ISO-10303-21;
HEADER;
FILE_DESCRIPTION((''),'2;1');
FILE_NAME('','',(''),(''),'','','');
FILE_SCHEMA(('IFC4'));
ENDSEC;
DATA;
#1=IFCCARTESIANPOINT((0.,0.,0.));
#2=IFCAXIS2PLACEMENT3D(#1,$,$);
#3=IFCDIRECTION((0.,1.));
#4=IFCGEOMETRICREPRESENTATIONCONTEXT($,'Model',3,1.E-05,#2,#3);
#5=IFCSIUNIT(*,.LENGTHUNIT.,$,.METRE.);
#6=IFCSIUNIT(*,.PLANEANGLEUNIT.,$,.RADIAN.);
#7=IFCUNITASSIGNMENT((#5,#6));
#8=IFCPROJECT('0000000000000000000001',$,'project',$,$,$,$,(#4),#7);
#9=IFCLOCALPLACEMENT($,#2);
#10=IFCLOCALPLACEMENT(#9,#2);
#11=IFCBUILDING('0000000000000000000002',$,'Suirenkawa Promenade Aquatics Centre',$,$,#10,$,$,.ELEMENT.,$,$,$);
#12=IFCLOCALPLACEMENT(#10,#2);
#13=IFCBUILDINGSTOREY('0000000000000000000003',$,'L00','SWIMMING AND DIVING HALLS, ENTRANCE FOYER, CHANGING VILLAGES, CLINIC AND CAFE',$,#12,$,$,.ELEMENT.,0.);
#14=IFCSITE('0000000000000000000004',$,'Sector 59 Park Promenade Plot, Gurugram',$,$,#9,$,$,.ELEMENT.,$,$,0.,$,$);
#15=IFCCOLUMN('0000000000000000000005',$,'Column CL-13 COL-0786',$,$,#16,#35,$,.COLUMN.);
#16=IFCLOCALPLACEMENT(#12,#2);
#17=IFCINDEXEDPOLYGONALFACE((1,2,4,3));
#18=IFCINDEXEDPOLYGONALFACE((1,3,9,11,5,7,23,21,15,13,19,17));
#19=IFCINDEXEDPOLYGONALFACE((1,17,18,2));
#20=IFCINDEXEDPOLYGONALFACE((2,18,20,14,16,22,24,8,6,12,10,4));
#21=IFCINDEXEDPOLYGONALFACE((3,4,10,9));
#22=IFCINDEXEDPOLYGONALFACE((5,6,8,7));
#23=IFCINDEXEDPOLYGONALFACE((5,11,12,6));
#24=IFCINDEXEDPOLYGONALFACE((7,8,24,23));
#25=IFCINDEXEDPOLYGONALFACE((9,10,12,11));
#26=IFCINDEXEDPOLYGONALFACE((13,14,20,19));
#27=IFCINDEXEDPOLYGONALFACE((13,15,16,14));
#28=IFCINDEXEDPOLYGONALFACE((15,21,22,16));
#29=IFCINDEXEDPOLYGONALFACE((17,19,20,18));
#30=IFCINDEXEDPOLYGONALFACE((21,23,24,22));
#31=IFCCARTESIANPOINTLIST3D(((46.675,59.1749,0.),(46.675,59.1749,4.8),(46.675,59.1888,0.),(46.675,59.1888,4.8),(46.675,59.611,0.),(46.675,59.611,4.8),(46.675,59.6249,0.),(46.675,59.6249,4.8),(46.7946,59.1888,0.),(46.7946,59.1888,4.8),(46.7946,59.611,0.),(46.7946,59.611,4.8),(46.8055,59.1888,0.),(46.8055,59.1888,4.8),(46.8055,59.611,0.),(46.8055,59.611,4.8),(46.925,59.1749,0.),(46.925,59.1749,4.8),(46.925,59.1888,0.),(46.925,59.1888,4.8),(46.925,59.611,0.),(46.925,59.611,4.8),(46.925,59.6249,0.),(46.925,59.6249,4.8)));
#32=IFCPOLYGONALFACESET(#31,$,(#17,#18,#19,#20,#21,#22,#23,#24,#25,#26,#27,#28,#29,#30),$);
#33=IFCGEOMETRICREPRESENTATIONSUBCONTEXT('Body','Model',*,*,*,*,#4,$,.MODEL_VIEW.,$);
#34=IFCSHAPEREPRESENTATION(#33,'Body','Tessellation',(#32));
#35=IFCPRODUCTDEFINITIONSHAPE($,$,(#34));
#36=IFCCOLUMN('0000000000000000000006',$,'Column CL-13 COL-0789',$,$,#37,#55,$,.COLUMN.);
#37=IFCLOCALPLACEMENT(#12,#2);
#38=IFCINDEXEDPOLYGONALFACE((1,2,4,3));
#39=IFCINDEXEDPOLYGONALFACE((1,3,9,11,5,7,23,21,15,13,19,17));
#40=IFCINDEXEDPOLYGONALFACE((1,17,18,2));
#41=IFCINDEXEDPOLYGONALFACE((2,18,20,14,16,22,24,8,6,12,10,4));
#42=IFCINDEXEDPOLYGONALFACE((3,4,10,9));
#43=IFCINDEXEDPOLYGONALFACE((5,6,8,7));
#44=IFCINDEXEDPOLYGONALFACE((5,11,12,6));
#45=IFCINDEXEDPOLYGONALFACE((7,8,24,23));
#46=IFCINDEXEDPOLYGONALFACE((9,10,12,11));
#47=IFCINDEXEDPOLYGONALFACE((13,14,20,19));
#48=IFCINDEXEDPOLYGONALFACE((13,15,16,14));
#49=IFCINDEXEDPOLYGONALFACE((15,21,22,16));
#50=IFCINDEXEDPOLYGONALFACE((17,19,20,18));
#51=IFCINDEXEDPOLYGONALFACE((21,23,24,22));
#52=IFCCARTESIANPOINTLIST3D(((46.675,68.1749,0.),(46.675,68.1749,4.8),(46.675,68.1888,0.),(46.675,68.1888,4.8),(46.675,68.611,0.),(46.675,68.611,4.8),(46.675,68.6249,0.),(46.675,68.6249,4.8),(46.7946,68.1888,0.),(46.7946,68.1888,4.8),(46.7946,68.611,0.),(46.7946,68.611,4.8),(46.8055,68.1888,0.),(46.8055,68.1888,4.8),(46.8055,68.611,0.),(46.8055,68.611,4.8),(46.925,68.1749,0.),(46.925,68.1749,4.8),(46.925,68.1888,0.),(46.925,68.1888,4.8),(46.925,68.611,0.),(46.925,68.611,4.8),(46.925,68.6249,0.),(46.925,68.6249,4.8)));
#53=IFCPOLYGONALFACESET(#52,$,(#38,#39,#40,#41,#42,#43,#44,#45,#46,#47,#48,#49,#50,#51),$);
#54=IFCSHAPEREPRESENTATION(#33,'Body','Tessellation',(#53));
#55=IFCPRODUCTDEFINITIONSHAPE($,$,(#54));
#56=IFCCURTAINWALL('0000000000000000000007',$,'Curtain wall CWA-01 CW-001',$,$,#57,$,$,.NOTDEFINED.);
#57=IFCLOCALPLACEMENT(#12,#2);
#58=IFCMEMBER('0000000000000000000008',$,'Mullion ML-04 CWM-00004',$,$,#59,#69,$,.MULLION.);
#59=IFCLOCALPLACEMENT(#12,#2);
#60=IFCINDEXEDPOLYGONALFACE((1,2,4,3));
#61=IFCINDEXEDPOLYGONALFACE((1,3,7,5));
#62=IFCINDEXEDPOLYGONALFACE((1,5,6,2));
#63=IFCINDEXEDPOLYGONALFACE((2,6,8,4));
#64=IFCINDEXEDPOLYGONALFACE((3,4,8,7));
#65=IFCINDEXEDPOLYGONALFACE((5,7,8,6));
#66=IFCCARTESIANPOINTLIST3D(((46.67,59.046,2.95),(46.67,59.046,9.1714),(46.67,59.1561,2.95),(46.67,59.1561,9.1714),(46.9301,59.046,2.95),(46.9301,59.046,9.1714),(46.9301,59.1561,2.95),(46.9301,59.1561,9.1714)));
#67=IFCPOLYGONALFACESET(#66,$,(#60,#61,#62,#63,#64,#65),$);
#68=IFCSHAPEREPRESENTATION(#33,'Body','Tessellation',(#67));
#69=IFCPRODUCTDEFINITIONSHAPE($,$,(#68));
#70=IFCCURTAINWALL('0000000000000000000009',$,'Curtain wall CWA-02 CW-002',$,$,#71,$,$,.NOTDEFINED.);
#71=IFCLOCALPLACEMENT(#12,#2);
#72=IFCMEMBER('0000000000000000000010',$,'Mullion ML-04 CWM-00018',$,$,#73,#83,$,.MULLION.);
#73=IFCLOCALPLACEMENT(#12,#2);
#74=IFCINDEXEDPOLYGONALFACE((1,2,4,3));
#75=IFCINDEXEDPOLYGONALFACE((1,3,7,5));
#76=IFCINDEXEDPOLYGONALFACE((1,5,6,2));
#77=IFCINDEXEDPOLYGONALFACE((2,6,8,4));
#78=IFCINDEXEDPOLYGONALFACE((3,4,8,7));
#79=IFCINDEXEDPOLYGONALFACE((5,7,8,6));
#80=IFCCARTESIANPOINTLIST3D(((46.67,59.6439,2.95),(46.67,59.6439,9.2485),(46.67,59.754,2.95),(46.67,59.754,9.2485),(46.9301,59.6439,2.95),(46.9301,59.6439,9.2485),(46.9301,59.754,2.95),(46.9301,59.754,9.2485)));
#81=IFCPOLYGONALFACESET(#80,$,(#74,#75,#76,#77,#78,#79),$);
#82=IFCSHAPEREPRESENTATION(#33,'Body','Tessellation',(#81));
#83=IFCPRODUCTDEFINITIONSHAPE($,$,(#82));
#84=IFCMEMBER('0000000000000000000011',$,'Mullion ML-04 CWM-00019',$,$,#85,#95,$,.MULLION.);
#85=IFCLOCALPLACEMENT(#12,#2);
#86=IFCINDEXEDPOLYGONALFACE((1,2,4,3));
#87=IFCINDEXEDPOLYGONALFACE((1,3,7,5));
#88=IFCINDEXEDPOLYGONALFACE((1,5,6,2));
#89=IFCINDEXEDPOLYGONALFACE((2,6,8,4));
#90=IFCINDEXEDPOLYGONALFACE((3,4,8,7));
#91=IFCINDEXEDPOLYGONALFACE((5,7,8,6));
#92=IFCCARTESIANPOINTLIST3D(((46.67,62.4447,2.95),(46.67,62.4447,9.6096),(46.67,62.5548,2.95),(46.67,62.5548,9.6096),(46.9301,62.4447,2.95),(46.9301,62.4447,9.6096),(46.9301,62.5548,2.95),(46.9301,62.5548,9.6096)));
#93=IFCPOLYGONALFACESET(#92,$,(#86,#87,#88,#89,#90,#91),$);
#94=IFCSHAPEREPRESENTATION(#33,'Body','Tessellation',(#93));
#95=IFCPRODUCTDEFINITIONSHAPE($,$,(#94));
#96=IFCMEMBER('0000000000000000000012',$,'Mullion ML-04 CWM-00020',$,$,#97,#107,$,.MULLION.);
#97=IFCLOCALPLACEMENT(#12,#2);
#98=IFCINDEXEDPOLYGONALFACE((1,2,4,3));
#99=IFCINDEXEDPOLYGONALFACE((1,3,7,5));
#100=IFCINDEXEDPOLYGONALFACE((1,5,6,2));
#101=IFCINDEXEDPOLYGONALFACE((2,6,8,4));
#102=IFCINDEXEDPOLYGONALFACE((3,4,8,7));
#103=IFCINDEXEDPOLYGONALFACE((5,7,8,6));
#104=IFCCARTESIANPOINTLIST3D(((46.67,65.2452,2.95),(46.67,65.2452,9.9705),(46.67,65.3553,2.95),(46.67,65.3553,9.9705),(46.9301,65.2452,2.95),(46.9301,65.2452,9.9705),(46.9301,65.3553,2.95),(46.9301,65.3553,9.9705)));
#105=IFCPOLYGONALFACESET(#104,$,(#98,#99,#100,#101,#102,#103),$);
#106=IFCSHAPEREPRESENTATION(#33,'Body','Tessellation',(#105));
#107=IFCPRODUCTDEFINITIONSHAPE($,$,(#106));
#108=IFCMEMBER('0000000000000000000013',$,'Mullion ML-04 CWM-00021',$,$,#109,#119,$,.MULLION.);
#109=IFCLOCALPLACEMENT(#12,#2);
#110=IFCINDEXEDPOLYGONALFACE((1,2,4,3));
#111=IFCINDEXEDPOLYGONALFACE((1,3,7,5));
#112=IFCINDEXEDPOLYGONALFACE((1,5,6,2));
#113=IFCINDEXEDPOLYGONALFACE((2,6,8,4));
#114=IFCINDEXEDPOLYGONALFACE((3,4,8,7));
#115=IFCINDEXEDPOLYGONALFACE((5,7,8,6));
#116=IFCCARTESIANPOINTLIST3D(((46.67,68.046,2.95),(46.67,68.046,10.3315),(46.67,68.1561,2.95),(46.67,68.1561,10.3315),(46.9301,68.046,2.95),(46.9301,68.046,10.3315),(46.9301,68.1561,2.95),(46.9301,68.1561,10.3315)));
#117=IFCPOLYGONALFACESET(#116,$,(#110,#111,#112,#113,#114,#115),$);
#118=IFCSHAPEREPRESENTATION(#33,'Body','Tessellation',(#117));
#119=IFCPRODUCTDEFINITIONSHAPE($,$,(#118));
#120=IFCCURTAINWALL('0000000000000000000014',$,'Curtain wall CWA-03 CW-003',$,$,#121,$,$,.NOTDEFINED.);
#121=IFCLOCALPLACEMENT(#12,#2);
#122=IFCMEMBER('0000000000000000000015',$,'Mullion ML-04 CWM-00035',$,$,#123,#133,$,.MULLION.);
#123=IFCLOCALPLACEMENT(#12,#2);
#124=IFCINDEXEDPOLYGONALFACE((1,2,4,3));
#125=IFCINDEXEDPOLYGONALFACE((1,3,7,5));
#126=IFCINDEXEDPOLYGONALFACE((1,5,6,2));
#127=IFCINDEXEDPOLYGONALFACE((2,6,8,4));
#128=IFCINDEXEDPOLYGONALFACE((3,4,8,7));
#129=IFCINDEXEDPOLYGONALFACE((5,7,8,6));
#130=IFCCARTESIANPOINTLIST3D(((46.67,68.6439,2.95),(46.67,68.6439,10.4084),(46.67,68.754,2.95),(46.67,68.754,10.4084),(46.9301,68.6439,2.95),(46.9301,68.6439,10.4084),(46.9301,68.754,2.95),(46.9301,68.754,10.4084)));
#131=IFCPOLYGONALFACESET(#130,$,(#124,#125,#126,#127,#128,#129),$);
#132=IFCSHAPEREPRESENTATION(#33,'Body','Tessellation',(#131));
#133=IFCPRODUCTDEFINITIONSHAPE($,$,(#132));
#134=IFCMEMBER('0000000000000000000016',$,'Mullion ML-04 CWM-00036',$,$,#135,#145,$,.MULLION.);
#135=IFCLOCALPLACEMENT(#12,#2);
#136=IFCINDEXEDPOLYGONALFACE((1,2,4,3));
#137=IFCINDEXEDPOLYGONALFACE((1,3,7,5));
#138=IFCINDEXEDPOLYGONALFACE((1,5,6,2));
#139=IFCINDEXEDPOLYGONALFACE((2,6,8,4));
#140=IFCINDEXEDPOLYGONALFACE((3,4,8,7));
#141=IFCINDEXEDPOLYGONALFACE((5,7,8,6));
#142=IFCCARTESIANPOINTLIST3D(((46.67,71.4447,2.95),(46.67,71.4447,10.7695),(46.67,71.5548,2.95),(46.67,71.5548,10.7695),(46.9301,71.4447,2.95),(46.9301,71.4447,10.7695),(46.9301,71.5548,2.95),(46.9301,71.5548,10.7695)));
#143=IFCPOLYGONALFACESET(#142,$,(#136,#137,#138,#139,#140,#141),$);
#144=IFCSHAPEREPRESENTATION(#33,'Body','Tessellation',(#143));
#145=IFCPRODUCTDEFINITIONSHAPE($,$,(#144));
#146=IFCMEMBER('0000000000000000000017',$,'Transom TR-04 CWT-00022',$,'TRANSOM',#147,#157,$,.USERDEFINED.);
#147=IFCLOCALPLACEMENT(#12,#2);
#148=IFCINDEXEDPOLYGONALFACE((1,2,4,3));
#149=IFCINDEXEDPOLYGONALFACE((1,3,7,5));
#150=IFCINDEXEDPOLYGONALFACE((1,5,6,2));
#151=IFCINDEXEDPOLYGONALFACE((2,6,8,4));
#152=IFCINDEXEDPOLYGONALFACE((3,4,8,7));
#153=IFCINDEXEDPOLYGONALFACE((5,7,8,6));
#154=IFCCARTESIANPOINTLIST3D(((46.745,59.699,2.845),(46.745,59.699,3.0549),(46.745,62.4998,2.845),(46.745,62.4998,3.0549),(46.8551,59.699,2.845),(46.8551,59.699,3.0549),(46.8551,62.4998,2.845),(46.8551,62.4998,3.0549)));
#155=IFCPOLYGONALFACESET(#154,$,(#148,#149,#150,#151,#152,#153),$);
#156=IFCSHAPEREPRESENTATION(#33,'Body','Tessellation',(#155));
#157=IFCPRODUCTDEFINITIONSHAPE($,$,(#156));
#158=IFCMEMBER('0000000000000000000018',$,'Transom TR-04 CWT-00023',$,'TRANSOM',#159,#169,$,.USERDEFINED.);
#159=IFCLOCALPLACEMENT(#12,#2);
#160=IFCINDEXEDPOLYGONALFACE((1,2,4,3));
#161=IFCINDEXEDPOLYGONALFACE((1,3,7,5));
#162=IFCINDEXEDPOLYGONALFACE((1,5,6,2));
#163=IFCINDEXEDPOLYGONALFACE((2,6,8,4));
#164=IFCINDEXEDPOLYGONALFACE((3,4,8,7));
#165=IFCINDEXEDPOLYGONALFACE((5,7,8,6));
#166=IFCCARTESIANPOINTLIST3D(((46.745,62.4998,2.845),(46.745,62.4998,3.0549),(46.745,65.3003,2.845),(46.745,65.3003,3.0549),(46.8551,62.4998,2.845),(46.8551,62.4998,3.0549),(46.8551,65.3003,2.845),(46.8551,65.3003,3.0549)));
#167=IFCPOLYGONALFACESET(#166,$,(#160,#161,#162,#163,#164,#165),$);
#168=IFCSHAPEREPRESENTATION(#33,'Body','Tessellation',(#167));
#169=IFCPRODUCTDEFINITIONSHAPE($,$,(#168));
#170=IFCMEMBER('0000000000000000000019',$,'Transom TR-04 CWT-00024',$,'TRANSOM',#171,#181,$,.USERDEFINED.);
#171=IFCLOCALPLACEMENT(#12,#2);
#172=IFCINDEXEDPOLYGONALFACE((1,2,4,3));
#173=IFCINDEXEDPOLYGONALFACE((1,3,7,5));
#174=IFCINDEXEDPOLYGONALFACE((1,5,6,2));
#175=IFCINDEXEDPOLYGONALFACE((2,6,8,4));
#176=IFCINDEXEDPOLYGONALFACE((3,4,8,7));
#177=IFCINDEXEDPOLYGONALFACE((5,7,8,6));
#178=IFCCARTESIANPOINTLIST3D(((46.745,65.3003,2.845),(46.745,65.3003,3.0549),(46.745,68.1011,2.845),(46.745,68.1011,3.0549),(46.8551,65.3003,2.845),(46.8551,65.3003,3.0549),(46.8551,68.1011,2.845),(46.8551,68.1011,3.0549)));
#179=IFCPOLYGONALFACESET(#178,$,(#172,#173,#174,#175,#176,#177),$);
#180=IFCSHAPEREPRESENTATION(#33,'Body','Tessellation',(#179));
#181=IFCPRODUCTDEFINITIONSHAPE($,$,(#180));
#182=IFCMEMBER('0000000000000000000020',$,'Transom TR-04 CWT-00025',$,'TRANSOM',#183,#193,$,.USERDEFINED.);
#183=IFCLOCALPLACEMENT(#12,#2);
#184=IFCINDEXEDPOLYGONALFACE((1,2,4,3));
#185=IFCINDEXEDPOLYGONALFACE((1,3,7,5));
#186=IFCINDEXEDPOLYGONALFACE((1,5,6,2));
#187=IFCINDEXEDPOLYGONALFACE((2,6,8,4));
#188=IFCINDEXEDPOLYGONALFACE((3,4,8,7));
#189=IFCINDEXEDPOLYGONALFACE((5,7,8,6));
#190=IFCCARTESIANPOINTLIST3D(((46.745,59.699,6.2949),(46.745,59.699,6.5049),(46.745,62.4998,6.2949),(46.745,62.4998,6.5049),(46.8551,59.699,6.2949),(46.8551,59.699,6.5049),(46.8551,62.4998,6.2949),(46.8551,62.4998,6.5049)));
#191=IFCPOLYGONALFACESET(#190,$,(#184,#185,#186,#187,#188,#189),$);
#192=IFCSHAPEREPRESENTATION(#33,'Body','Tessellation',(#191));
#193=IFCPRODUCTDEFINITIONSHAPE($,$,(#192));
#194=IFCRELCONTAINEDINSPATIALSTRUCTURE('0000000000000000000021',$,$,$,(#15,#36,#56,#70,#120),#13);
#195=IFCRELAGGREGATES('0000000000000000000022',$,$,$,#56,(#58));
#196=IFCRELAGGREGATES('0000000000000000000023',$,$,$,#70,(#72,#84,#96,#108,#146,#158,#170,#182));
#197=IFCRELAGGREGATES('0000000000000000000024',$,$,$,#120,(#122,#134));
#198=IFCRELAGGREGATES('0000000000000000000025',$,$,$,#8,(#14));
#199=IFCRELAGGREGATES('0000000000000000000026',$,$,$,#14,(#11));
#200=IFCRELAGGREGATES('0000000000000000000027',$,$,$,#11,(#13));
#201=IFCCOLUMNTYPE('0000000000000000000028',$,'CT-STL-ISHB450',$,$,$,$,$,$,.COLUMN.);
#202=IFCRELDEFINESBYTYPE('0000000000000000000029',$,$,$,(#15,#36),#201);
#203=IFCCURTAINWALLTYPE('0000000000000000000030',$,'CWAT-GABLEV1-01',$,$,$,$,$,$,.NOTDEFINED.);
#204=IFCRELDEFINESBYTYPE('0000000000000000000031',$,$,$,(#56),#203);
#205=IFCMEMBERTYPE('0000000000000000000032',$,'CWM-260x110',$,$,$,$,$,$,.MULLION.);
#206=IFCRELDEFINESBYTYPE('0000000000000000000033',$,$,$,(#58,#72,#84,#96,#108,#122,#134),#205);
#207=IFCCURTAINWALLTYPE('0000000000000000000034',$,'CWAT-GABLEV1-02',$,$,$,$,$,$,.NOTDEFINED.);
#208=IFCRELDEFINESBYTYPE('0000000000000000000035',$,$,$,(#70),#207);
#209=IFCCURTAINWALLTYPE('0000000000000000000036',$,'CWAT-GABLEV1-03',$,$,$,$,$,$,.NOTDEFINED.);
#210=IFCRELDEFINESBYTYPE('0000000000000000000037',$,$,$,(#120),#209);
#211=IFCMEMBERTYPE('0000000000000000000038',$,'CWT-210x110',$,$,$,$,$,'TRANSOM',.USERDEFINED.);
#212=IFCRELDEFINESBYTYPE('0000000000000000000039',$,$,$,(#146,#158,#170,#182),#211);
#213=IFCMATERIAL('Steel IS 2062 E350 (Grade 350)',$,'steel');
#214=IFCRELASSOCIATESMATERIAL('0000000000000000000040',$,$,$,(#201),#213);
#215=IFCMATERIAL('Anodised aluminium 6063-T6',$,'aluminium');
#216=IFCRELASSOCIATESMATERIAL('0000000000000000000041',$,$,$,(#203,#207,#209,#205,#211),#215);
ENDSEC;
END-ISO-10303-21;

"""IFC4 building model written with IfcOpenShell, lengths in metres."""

from ifc_helpers import new_model, si_unit, direction, frame, origin, origin_2d, place, context, subcontext, project, spatial, rectangle, i_section, extrude, material, material_profile, profile_set, type_object, element, aggregate, save


model = new_model("IFC4")

# Units and contexts
model_context = context("Model", 3, precision=1e-05, world=origin(), true_north=direction((0.0, 1.0)))
body_context = subcontext(model_context, "Body", "Model", "MODEL_VIEW")
ifc_project = project(units=[si_unit("LENGTHUNIT", "METRE"), si_unit("PLANEANGLEUNIT", "RADIAN")], contexts=[model_context])

# Site, building, storey
site_placement = place(None, origin())
site = spatial("IfcSite", under=ifc_project, at=site_placement, Name="Sector 59 Park Promenade Plot, Gurugram", CompositionType="ELEMENT", RefElevation=0.0)
building_placement = place(site_placement, origin())
building = spatial("IfcBuilding", under=site, at=building_placement, Name="Suirenkawa Promenade Aquatics Centre", CompositionType="ELEMENT")
storey_placement = place(building_placement, origin())
storey = spatial("IfcBuildingStorey", under=building, at=storey_placement, Name="L00", Description="SWIMMING AND DIVING HALLS, ENTRANCE FOYER, CHANGING VILLAGES, CLINIC AND CAFE", CompositionType="ELEMENT", Elevation=0.0)

# Columns
ifc_material_1 = material(Name="Steel IS 2062 E350 (Grade 350)", Category="steel")
ifc_material_profile_1 = material_profile(ifc_material_1, i_section(OverallWidth=0.25, OverallDepth=0.45, WebThickness=0.011, FlangeThickness=0.0139, at=origin_2d()), Name="ISHB 450", Category="steel")
ifc_profile_set_1 = profile_set([ifc_material_profile_1], Name="Steel IS 2062 E350 (Grade 350)")
column_type = type_object("IfcColumnType", Name="CT-STL-ISHB450", PredefinedType="COLUMN", material=ifc_profile_set_1)
for number, where, z_axis, x_axis, name in (
    (1, (46.8, 59.3999, 0.0), (0.0, 0.0, 1.0), (1.0, 0.0, 0.0), "Column CL-13 COL-0786"),
    (2, (46.8, 68.3999, 0.0), (0.0, 0.0, 1.0), (1.0, 0.0, 0.0), "Column CL-13 COL-0789"),
):
    element("IfcColumn", number, at=place(storey_placement, frame(where, z_axis=z_axis, x_axis=x_axis)), inside=storey, type_object=column_type, Name=name, PredefinedType="COLUMN", context=body_context, shape_type="SweptSolid", body=[
        extrude(i_section(OverallWidth=0.25, OverallDepth=0.45, WebThickness=0.011, FlangeThickness=0.0139, at=origin_2d()), origin(), (0.0, 0.0, 1.0), 4.8),
    ])

# Curtain wall, member
ifc_material_2 = material(Name="Anodised aluminium 6063-T6", Category="aluminium")
curtain_wall_type_1 = type_object("IfcCurtainWallType", Name="CWAT-GABLEV1-01", PredefinedType="NOTDEFINED", material=ifc_material_2)
curtain_wall_1_placement = place(storey_placement, origin())
curtain_wall_1 = element("IfcCurtainWall", 3, at=curtain_wall_1_placement, inside=storey, type_object=curtain_wall_type_1, Name="Curtain wall CWA-01 CW-001", PredefinedType="NOTDEFINED")
ifc_material_profile_2 = material_profile(ifc_material_2, rectangle(XDim=0.1101, YDim=0.26, at=origin_2d()), Name="ALU MULL 110x260", Category="aluminium")
ifc_profile_set_2 = profile_set([ifc_material_profile_2], Name="Anodised aluminium 6063-T6")
member_type_1 = type_object("IfcMemberType", Name="CWM-260x110", PredefinedType="MULLION", material=ifc_profile_set_2)
member_1_placement = place(storey_placement, frame((46.8, 59.1011, 2.95), z_axis=(0.0, 0.0, 1.0), x_axis=(0.0, 1.0, 0.0)))
member_1 = element("IfcMember", 4, at=member_1_placement, type_object=member_type_1, Name="Mullion ML-04 CWM-00004", PredefinedType="MULLION", context=body_context, shape_type="SweptSolid", body=[
    extrude(rectangle(XDim=0.1101, YDim=0.26, at=origin_2d()), origin(), (0.0, 0.0, 1.0), 6.2214),
])
aggregate(curtain_wall_1, [member_1])

# Curtain walls, members
curtain_wall_type_2 = type_object("IfcCurtainWallType", Name="CWAT-GABLEV1-02", PredefinedType="NOTDEFINED", material=ifc_material_2)
curtain_wall_2_placement = place(storey_placement, origin())
curtain_wall_2 = element("IfcCurtainWall", 5, at=curtain_wall_2_placement, inside=storey, type_object=curtain_wall_type_2, Name="Curtain wall CWA-02 CW-002", PredefinedType="NOTDEFINED")
member_2_placement = place(storey_placement, frame((46.8, 59.699, 2.95), z_axis=(0.0, 0.0, 1.0), x_axis=(0.0, 1.0, 0.0)))
member_2 = element("IfcMember", 6, at=member_2_placement, type_object=member_type_1, Name="Mullion ML-04 CWM-00018", PredefinedType="MULLION", context=body_context, shape_type="SweptSolid", body=[
    extrude(rectangle(XDim=0.1101, YDim=0.26, at=origin_2d()), origin(), (0.0, 0.0, 1.0), 6.2986),
])
member_3_placement = place(storey_placement, frame((46.8, 62.4998, 2.95), z_axis=(0.0, 0.0, 1.0), x_axis=(0.0, 1.0, 0.0)))
member_3 = element("IfcMember", 7, at=member_3_placement, type_object=member_type_1, Name="Mullion ML-04 CWM-00019", PredefinedType="MULLION", context=body_context, shape_type="SweptSolid", body=[
    extrude(rectangle(XDim=0.1101, YDim=0.26, at=origin_2d()), origin(), (0.0, 0.0, 1.0), 6.6597),
])
member_4_placement = place(storey_placement, frame((46.8, 65.3003, 2.95), z_axis=(0.0, 0.0, 1.0), x_axis=(0.0, 1.0, 0.0)))
member_4 = element("IfcMember", 8, at=member_4_placement, type_object=member_type_1, Name="Mullion ML-04 CWM-00020", PredefinedType="MULLION", context=body_context, shape_type="SweptSolid", body=[
    extrude(rectangle(XDim=0.1101, YDim=0.26, at=origin_2d()), origin(), (0.0, 0.0, 1.0), 7.0205),
])
member_5_placement = place(storey_placement, frame((46.8, 68.1011, 2.95), z_axis=(0.0, 0.0, 1.0), x_axis=(0.0, 1.0, 0.0)))
member_5 = element("IfcMember", 9, at=member_5_placement, type_object=member_type_1, Name="Mullion ML-04 CWM-00021", PredefinedType="MULLION", context=body_context, shape_type="SweptSolid", body=[
    extrude(rectangle(XDim=0.1101, YDim=0.26, at=origin_2d()), origin(), (0.0, 0.0, 1.0), 7.3816),
])
curtain_wall_type_3 = type_object("IfcCurtainWallType", Name="CWAT-GABLEV1-03", PredefinedType="NOTDEFINED", material=ifc_material_2)
curtain_wall_3_placement = place(storey_placement, origin())
curtain_wall_3 = element("IfcCurtainWall", 10, at=curtain_wall_3_placement, inside=storey, type_object=curtain_wall_type_3, Name="Curtain wall CWA-03 CW-003", PredefinedType="NOTDEFINED")
member_6_placement = place(storey_placement, frame((46.8, 68.699, 2.95), z_axis=(0.0, 0.0, 1.0), x_axis=(0.0, 1.0, 0.0)))
member_6 = element("IfcMember", 11, at=member_6_placement, type_object=member_type_1, Name="Mullion ML-04 CWM-00035", PredefinedType="MULLION", context=body_context, shape_type="SweptSolid", body=[
    extrude(rectangle(XDim=0.1101, YDim=0.26, at=origin_2d()), origin(), (0.0, 0.0, 1.0), 7.4585),
])
member_7_placement = place(storey_placement, frame((46.8, 71.4998, 2.95), z_axis=(0.0, 0.0, 1.0), x_axis=(0.0, 1.0, 0.0)))
member_7 = element("IfcMember", 12, at=member_7_placement, type_object=member_type_1, Name="Mullion ML-04 CWM-00036", PredefinedType="MULLION", context=body_context, shape_type="SweptSolid", body=[
    extrude(rectangle(XDim=0.1101, YDim=0.26, at=origin_2d()), origin(), (0.0, 0.0, 1.0), 7.8196),
])

# Members
ifc_material_profile_3 = material_profile(ifc_material_2, rectangle(XDim=0.1101, YDim=0.21, at=origin_2d()), Name="ALU TRAN 110x210", Category="aluminium")
ifc_profile_set_3 = profile_set([ifc_material_profile_3], Name="Anodised aluminium 6063-T6")
member_type_2 = type_object("IfcMemberType", Name="CWT-210x110", ElementType="TRANSOM", PredefinedType="USERDEFINED", material=ifc_profile_set_3)
member_8_placement = place(storey_placement, frame((46.8, 59.699, 2.95), z_axis=(0.0, 1.0, 0.0), x_axis=(-1.0, 0.0, 0.0)))
member_8 = element("IfcMember", 13, at=member_8_placement, type_object=member_type_2, Name="Transom TR-04 CWT-00022", ObjectType="TRANSOM", PredefinedType="USERDEFINED", context=body_context, shape_type="SweptSolid", body=[
    extrude(rectangle(XDim=0.1101, YDim=0.21, at=origin_2d()), origin(), (0.0, 0.0, 1.0), 2.8008),
])
member_9_placement = place(storey_placement, frame((46.8, 62.4998, 2.95), z_axis=(0.0, 1.0, 0.0), x_axis=(-1.0, 0.0, 0.0)))
member_9 = element("IfcMember", 14, at=member_9_placement, type_object=member_type_2, Name="Transom TR-04 CWT-00023", ObjectType="TRANSOM", PredefinedType="USERDEFINED", context=body_context, shape_type="SweptSolid", body=[
    extrude(rectangle(XDim=0.1101, YDim=0.21, at=origin_2d()), origin(), (0.0, 0.0, 1.0), 2.8005),
])
member_10_placement = place(storey_placement, frame((46.8, 65.3003, 2.95), z_axis=(0.0, 1.0, 0.0), x_axis=(-1.0, 0.0, 0.0)))
member_10 = element("IfcMember", 15, at=member_10_placement, type_object=member_type_2, Name="Transom TR-04 CWT-00024", ObjectType="TRANSOM", PredefinedType="USERDEFINED", context=body_context, shape_type="SweptSolid", body=[
    extrude(rectangle(XDim=0.1101, YDim=0.21, at=origin_2d()), origin(), (0.0, 0.0, 1.0), 2.8008),
])
member_11_placement = place(storey_placement, frame((46.8, 59.699, 6.3999), z_axis=(0.0, 1.0, 0.0), x_axis=(-1.0, 0.0, 0.0)))
member_11 = element("IfcMember", 16, at=member_11_placement, type_object=member_type_2, Name="Transom TR-04 CWT-00025", ObjectType="TRANSOM", PredefinedType="USERDEFINED", context=body_context, shape_type="SweptSolid", body=[
    extrude(rectangle(XDim=0.1101, YDim=0.21, at=origin_2d()), origin(), (0.0, 0.0, 1.0), 2.8008),
])

aggregate(curtain_wall_2, [member_2, member_3, member_4, member_5, member_8, member_9, member_10, member_11])
aggregate(curtain_wall_3, [member_6, member_7])

save(model, "model.ifc")
